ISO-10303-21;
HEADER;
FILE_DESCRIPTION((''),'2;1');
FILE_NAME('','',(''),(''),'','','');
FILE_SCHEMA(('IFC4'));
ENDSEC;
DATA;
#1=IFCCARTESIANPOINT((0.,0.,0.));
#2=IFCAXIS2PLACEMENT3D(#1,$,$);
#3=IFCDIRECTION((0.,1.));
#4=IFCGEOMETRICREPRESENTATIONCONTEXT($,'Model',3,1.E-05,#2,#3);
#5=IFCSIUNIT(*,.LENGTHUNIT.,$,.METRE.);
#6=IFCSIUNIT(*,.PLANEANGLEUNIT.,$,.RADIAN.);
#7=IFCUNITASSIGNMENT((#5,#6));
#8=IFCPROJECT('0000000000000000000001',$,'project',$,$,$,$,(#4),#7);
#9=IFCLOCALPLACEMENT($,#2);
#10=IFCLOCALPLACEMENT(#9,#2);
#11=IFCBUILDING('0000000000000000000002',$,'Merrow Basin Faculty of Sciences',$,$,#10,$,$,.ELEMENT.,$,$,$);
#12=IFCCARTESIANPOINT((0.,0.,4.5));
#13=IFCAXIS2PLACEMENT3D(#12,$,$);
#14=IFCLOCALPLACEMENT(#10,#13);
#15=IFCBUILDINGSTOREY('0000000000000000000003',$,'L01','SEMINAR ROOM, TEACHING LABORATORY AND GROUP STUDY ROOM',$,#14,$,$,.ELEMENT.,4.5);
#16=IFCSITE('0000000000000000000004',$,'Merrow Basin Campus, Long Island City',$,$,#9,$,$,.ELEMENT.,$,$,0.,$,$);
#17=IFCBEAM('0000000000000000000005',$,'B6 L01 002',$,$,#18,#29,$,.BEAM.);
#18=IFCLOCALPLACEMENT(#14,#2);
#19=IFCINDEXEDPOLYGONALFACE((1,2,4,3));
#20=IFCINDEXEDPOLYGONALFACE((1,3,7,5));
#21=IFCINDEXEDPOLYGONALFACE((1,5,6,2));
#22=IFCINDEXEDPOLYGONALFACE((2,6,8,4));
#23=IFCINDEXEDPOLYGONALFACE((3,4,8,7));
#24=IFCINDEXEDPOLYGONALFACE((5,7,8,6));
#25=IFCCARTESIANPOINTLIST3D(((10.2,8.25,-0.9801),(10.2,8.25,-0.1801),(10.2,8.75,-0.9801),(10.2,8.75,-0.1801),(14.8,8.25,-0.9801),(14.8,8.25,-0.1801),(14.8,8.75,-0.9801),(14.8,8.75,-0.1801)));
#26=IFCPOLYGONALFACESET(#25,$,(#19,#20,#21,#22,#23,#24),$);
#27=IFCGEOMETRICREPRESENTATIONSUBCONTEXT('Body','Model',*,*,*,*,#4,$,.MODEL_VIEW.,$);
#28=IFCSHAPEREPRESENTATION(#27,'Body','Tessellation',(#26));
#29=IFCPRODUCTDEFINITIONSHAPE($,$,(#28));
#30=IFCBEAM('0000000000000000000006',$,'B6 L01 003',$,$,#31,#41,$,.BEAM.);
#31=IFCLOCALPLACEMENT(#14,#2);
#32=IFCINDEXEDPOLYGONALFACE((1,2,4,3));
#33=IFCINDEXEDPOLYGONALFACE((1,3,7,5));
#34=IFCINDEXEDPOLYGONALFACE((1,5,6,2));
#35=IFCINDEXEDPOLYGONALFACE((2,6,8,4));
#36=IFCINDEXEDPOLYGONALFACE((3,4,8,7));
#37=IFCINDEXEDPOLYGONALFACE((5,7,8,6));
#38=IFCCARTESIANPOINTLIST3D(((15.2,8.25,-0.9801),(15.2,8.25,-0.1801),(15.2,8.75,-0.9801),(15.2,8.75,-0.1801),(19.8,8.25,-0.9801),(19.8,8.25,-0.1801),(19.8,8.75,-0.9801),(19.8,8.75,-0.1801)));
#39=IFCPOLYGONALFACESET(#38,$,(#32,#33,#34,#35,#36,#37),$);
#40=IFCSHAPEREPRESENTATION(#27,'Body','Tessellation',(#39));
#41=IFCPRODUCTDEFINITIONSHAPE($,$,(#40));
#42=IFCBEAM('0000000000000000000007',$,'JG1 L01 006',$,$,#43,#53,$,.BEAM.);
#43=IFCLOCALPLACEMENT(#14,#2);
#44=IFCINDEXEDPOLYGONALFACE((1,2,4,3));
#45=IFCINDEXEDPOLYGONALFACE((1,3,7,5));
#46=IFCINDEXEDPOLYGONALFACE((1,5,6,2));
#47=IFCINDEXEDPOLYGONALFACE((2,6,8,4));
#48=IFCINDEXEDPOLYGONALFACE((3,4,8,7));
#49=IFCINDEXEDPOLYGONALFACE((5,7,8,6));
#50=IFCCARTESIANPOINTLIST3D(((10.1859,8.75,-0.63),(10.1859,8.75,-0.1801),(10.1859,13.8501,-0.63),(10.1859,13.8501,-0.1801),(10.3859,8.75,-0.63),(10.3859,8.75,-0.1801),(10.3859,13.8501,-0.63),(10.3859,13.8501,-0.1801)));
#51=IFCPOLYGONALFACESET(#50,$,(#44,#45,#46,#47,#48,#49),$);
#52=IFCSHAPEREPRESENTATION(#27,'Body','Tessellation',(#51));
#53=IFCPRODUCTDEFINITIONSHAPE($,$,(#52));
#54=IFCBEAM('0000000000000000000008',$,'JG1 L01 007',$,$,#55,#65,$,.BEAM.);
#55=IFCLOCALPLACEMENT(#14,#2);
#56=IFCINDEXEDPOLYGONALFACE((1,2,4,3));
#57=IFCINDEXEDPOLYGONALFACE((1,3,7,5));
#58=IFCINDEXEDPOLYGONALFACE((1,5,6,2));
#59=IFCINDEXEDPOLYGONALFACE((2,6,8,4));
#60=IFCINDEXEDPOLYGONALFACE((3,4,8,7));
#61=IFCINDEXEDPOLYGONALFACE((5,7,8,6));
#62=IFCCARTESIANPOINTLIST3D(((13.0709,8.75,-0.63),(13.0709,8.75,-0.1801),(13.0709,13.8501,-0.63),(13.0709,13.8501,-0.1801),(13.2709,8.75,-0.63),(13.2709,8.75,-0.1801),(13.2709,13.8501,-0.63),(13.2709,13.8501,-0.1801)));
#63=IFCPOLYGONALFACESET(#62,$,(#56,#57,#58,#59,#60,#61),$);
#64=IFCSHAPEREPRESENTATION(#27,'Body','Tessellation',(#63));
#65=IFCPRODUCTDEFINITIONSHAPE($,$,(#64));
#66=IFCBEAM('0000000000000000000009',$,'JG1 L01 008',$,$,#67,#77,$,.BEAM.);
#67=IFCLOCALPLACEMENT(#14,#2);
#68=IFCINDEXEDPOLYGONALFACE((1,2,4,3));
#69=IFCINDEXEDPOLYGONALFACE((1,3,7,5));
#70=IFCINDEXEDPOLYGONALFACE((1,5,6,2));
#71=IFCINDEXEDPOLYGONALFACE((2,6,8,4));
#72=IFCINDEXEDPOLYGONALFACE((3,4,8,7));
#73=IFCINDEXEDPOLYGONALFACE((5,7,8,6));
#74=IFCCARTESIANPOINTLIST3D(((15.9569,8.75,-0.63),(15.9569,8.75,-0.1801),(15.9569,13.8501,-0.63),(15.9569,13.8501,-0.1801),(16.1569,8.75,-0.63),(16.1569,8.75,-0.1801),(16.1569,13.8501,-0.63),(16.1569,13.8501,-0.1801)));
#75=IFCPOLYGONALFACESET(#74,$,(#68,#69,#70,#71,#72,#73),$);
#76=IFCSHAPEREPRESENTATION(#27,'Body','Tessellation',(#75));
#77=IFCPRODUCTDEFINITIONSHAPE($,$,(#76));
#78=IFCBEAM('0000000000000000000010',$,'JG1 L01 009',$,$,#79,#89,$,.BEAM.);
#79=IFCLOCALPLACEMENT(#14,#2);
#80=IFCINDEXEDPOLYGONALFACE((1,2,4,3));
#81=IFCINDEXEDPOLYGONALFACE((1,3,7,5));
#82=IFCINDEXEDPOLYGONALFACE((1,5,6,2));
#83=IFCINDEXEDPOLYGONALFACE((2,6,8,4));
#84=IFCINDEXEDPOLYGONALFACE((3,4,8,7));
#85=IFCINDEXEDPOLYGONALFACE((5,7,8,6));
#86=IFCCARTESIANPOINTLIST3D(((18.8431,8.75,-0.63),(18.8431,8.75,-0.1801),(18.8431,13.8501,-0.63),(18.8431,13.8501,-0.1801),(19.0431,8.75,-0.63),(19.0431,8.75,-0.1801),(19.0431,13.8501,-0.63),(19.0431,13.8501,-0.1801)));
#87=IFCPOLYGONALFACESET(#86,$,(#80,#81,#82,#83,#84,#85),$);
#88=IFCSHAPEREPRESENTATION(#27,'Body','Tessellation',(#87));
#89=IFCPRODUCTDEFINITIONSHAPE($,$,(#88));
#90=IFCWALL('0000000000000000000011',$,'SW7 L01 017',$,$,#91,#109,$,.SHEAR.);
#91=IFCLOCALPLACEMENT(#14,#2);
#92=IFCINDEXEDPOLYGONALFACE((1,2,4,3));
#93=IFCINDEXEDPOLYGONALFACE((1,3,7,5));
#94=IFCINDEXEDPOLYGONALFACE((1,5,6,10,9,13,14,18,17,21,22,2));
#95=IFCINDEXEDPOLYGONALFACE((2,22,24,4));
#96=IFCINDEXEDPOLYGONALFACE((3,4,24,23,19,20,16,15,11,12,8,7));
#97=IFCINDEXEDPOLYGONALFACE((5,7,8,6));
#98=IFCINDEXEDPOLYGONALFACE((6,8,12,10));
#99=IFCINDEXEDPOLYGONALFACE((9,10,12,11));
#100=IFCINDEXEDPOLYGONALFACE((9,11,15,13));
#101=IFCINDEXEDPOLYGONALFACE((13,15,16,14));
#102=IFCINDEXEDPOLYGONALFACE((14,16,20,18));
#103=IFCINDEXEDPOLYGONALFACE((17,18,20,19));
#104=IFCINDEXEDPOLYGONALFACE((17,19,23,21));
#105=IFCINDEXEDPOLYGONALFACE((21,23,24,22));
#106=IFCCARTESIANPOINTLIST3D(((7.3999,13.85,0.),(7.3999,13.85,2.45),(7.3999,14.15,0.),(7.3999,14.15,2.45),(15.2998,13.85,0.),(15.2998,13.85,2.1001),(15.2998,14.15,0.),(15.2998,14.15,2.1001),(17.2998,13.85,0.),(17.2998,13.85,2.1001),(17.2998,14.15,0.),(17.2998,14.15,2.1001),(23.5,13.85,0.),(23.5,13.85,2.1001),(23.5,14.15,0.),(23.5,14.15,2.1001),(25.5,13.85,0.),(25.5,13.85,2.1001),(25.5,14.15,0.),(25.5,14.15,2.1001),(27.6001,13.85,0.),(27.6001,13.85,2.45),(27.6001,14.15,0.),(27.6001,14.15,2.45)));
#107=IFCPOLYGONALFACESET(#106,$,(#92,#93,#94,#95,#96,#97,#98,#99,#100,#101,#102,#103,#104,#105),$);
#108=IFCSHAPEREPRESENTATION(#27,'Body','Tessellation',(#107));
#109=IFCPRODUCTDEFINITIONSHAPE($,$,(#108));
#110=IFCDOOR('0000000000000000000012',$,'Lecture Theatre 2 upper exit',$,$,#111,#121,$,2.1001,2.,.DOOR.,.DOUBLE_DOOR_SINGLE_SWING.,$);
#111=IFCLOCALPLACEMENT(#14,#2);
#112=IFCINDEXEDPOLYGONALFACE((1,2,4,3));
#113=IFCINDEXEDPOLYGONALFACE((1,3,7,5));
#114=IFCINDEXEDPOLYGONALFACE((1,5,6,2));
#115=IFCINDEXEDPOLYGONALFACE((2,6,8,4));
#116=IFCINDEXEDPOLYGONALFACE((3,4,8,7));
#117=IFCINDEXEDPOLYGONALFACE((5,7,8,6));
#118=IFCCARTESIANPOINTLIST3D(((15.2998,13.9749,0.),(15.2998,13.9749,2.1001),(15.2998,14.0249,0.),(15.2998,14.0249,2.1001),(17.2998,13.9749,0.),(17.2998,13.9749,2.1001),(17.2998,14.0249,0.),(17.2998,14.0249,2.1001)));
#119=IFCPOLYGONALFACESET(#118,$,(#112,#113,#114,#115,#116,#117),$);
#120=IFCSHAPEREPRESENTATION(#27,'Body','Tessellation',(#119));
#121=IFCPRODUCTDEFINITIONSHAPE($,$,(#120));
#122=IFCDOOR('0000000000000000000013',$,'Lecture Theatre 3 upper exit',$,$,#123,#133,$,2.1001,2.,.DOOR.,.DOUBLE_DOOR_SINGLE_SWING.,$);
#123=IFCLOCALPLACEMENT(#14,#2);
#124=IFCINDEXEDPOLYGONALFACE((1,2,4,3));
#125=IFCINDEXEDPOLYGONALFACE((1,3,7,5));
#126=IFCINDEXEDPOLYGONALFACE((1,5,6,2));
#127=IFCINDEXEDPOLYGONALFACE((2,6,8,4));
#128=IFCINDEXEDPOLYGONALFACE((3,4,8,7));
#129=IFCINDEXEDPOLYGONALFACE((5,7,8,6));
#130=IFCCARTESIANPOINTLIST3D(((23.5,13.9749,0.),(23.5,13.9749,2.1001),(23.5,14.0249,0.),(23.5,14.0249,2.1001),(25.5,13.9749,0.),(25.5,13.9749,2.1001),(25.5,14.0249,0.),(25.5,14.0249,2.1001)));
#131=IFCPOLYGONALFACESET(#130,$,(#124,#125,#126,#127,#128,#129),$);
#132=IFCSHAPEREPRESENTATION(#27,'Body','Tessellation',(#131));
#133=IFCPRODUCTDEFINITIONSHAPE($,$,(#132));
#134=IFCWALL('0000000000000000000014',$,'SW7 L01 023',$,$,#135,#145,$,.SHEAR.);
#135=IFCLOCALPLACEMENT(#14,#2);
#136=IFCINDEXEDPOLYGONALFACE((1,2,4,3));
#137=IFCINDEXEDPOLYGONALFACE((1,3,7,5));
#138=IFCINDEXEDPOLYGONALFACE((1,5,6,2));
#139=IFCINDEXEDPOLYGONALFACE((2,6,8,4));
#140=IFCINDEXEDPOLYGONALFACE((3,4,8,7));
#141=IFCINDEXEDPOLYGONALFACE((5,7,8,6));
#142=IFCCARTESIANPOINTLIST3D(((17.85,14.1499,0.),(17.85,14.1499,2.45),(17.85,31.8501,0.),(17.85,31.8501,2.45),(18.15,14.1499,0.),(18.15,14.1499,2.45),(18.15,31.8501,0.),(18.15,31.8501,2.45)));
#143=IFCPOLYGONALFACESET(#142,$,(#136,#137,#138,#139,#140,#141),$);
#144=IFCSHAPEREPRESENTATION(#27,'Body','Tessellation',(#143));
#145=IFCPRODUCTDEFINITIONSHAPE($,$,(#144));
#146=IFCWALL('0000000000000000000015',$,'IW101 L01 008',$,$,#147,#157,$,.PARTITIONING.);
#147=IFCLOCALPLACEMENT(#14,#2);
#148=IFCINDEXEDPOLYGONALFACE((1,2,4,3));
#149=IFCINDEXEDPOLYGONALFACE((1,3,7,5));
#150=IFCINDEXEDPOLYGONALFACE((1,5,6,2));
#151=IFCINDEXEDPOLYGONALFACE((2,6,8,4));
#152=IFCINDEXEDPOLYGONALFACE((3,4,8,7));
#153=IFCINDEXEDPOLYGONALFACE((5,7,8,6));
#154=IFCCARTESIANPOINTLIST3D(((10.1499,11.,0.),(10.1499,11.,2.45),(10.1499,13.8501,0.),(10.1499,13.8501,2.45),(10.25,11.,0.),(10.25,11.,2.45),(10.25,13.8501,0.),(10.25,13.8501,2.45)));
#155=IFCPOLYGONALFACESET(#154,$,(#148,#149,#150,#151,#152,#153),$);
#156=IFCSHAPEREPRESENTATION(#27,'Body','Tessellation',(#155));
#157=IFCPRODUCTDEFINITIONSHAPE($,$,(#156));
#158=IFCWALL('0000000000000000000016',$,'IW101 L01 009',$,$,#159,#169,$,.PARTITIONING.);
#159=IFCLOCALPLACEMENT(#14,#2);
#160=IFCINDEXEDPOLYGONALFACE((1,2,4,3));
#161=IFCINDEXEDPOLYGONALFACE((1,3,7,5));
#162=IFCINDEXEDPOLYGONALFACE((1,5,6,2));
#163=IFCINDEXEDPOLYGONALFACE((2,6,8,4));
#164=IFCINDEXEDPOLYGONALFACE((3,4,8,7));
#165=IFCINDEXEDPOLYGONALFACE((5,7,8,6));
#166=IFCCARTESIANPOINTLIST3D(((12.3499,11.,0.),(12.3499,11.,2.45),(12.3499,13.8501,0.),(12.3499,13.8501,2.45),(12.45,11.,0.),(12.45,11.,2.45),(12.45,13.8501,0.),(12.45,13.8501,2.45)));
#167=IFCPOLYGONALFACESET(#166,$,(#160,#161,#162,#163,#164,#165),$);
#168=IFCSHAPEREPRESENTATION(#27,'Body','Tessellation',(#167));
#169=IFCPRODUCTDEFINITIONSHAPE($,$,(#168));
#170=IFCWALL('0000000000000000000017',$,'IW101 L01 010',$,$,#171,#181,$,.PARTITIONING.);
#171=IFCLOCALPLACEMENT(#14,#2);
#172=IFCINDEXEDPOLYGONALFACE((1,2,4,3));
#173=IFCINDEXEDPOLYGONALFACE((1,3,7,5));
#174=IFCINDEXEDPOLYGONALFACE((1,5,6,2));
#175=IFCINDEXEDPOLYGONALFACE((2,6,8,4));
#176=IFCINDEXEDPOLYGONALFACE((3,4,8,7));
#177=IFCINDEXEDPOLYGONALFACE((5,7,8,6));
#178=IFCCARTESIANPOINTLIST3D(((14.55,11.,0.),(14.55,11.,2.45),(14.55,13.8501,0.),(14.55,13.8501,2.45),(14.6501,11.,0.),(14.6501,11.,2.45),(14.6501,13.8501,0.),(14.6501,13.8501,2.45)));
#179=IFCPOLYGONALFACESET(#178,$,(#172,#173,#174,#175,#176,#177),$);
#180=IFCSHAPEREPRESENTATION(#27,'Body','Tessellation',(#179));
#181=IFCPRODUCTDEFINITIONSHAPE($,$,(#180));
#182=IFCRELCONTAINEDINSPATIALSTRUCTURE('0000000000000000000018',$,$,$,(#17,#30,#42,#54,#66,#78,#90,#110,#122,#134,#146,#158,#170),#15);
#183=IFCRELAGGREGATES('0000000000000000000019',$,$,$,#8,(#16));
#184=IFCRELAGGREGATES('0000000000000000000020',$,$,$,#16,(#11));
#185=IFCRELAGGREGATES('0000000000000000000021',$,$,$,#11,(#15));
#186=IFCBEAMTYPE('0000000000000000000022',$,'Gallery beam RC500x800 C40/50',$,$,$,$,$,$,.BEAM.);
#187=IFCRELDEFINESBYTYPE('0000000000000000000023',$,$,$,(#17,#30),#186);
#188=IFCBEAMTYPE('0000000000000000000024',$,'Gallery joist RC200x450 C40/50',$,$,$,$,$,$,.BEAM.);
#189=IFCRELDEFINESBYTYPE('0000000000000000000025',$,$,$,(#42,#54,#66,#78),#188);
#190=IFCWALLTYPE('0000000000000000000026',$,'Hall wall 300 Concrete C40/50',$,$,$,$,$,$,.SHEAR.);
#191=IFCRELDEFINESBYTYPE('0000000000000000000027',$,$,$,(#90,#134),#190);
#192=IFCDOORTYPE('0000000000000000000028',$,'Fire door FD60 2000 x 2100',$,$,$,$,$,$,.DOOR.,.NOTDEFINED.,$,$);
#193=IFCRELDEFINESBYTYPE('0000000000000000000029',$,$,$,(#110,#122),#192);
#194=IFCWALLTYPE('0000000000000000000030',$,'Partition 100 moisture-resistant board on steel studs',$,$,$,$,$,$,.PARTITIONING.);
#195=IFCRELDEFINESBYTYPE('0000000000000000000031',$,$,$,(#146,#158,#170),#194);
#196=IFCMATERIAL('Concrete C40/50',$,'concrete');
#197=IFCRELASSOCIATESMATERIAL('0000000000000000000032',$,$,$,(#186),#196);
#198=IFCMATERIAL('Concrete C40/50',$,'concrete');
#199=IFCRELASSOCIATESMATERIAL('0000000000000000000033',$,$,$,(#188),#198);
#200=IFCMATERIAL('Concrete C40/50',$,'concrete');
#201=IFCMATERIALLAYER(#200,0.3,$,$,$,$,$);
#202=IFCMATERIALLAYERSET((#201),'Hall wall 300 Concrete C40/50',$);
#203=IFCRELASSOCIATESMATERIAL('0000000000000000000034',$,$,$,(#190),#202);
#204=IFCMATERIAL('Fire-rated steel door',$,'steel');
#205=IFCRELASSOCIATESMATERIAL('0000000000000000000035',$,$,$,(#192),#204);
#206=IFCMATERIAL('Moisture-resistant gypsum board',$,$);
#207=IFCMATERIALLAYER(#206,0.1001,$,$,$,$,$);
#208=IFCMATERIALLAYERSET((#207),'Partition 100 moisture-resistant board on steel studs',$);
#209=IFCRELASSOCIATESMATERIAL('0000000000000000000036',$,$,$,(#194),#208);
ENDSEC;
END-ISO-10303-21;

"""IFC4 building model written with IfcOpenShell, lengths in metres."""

from ifc_helpers import new_model, si_unit, direction, frame, frame_2d, origin, origin_2d, place, context, subcontext, project, spatial, rectangle, extrude, material, layer, layer_set, material_profile, profile_set, type_object, element, fill, save


model = new_model("IFC4")

# Units and contexts
model_context = context("Model", 3, precision=1e-05, world=origin(), true_north=direction((0.0, 1.0)))
body_context = subcontext(model_context, "Body", "Model", "MODEL_VIEW")
ifc_project = project(units=[si_unit("LENGTHUNIT", "METRE"), si_unit("PLANEANGLEUNIT", "RADIAN")], contexts=[model_context])

# Site, building, storey
site_placement = place(None, origin())
site = spatial("IfcSite", under=ifc_project, at=site_placement, Name="Merrow Basin Campus, Long Island City", CompositionType="ELEMENT", RefElevation=0.0)
building_placement = place(site_placement, origin())
building = spatial("IfcBuilding", under=site, at=building_placement, Name="Merrow Basin Faculty of Sciences", CompositionType="ELEMENT")
storey_placement = place(building_placement, frame((0.0, 0.0, 4.5)))
storey = spatial("IfcBuildingStorey", under=building, at=storey_placement, Name="L01", Description="SEMINAR ROOM, TEACHING LABORATORY AND GROUP STUDY ROOM", CompositionType="ELEMENT", Elevation=4.5)

# Beams
ifc_material_1 = material(Name="Concrete C40/50", Category="concrete")
ifc_material_profile_1 = material_profile(ifc_material_1, rectangle(XDim=0.5, YDim=0.8, at=origin_2d()))
ifc_profile_set_1 = profile_set([ifc_material_profile_1], Name="Concrete C40/50")
beam_type_1 = type_object("IfcBeamType", Name="Gallery beam RC500x800 C40/50", PredefinedType="BEAM", material=ifc_profile_set_1)
for number, where, z_axis, x_axis, name in (
    (1, (10.2, 8.5, -0.5801), (1.0, 0.0, 0.0), (0.0, 1.0, 0.0), "B6 L01 002"),
    (2, (15.2, 8.5, -0.5801), (1.0, 0.0, 0.0), (0.0, 1.0, 0.0), "B6 L01 003"),
):
    element("IfcBeam", number, at=place(storey_placement, frame(where, z_axis=z_axis, x_axis=x_axis)), inside=storey, type_object=beam_type_1, Name=name, PredefinedType="BEAM", context=body_context, shape_type="SweptSolid", body=[
        extrude(rectangle(XDim=0.5, YDim=0.8, at=origin_2d()), origin(), (0.0, 0.0, 1.0), 4.6001),
    ])
ifc_material_2 = material(Name="Concrete C40/50", Category="concrete")
ifc_material_profile_2 = material_profile(ifc_material_2, rectangle(XDim=0.2, YDim=0.45, at=origin_2d()))
ifc_profile_set_2 = profile_set([ifc_material_profile_2], Name="Concrete C40/50")
beam_type_2 = type_object("IfcBeamType", Name="Gallery joist RC200x450 C40/50", PredefinedType="BEAM", material=ifc_profile_set_2)
for number, where, z_axis, x_axis, name in (
    (3, (10.2859, 8.75, -0.405), (0.0, 1.0, 0.0), (-1.0, 0.0, 0.0), "JG1 L01 006"),
    (4, (13.1709, 8.75, -0.405), (0.0, 1.0, 0.0), (-1.0, 0.0, 0.0), "JG1 L01 007"),
    (5, (16.0569, 8.75, -0.405), (0.0, 1.0, 0.0), (-1.0, 0.0, 0.0), "JG1 L01 008"),
    (6, (18.9431, 8.75, -0.405), (0.0, 1.0, 0.0), (-1.0, 0.0, 0.0), "JG1 L01 009"),
):
    element("IfcBeam", number, at=place(storey_placement, frame(where, z_axis=z_axis, x_axis=x_axis)), inside=storey, type_object=beam_type_2, Name=name, PredefinedType="BEAM", context=body_context, shape_type="SweptSolid", body=[
        extrude(rectangle(XDim=0.2, YDim=0.45, at=origin_2d()), origin(), (0.0, 0.0, 1.0), 5.1001),
    ])

# Wall, openings, doors
ifc_material_3 = material(Name="Concrete C40/50", Category="concrete")
ifc_layer_1 = layer(ifc_material_3, 0.3)
ifc_layer_set_1 = layer_set([ifc_layer_1], Name="Hall wall 300 Concrete C40/50")
wall_type_1 = type_object("IfcWallType", Name="Hall wall 300 Concrete C40/50", PredefinedType="SHEAR", material=ifc_layer_set_1)
wall_1_placement = place(storey_placement, frame((7.3999, 14.0, 0.0), z_axis=(0.0, 0.0, 1.0), x_axis=(1.0, 0.0, 0.0)))
wall_1 = element("IfcWall", 7, at=wall_1_placement, inside=storey, type_object=wall_type_1, Name="SW7 L01 017", PredefinedType="SHEAR", context=body_context, shape_type="SweptSolid", body=[
    extrude(rectangle(XDim=20.2002, YDim=0.3, at=frame_2d((10.1001, 0.0))), origin(), (0.0, 0.0, 1.0), 2.45),
])
opening_1_placement = place(wall_1_placement, frame((7.8999, 0.0, 0.0)))
opening_1 = element("IfcOpeningElement", 8, at=opening_1_placement, cuts=wall_1, PredefinedType="OPENING", context=body_context, shape_type="SweptSolid", body=[
    extrude(rectangle(XDim=2.0, YDim=2.1001, at=frame_2d((1.0, 1.05))), frame((0.0, 0.1599, 0.0), z_axis=(0.0, -1.0, 0.0), x_axis=(1.0, 0.0, 0.0)), (0.0, 0.0, 1.0), 0.3201),
])
opening_2_placement = place(wall_1_placement, frame((16.1001, 0.0, 0.0)))
opening_2 = element("IfcOpeningElement", 9, at=opening_2_placement, cuts=wall_1, PredefinedType="OPENING", context=body_context, shape_type="SweptSolid", body=[
    extrude(rectangle(XDim=2.0, YDim=2.1001, at=frame_2d((1.0, 1.05))), frame((0.0, 0.1599, 0.0), z_axis=(0.0, -1.0, 0.0), x_axis=(1.0, 0.0, 0.0)), (0.0, 0.0, 1.0), 0.3201),
])
ifc_material_4 = material(Name="Fire-rated steel door", Category="steel")
door_type_1 = type_object("IfcDoorType", Name="Fire door FD60 2000 x 2100", OperationType="NOTDEFINED", PredefinedType="DOOR", material=ifc_material_4)
door_1_placement = place(opening_1_placement, origin())
door_1 = element("IfcDoor", 10, at=door_1_placement, inside=storey, type_object=door_type_1, Name="Lecture Theatre 2 upper exit", OperationType="DOUBLE_DOOR_SINGLE_SWING", OverallHeight=2.1001, OverallWidth=2.0, PredefinedType="DOOR", context=body_context, shape_type="SweptSolid", body=[
    extrude(rectangle(XDim=2.0, YDim=2.1001, at=frame_2d((1.0, 1.05))), frame((0.0, 0.0249, 0.0), z_axis=(0.0, -1.0, 0.0), x_axis=(1.0, 0.0, 0.0)), (0.0, 0.0, 1.0), 0.05),
])
fill(opening_1, door_1)
door_2_placement = place(opening_2_placement, origin())
door_2 = element("IfcDoor", 11, at=door_2_placement, inside=storey, type_object=door_type_1, Name="Lecture Theatre 3 upper exit", OperationType="DOUBLE_DOOR_SINGLE_SWING", OverallHeight=2.1001, OverallWidth=2.0, PredefinedType="DOOR", context=body_context, shape_type="SweptSolid", body=[
    extrude(rectangle(XDim=2.0, YDim=2.1001, at=frame_2d((1.0, 1.05))), frame((0.0, 0.0249, 0.0), z_axis=(0.0, -1.0, 0.0), x_axis=(1.0, 0.0, 0.0)), (0.0, 0.0, 1.0), 0.05),
])
fill(opening_2, door_2)

# Walls
wall_2_placement = place(storey_placement, frame((18.0, 14.1499, 0.0), z_axis=(0.0, 0.0, 1.0), x_axis=(0.0, 1.0, 0.0)))
element("IfcWall", 12, at=wall_2_placement, inside=storey, type_object=wall_type_1, Name="SW7 L01 023", PredefinedType="SHEAR", context=body_context, shape_type="SweptSolid", body=[
    extrude(rectangle(XDim=17.7002, YDim=0.3, at=frame_2d((8.8501, 0.0))), origin(), (0.0, 0.0, 1.0), 2.45),
])
ifc_material_5 = material(Name="Moisture-resistant gypsum board")
ifc_layer_2 = layer(ifc_material_5, 0.1001)
ifc_layer_set_2 = layer_set([ifc_layer_2], Name="Partition 100 moisture-resistant board on steel studs")
wall_type_2 = type_object("IfcWallType", Name="Partition 100 moisture-resistant board on steel studs", PredefinedType="PARTITIONING", material=ifc_layer_set_2)
for number, where, z_axis, x_axis, name in (
    (13, (10.2, 11.0, 0.0), (0.0, 0.0, 1.0), (0.0, 1.0, 0.0), "IW101 L01 008"),
    (14, (12.3999, 11.0, 0.0), (0.0, 0.0, 1.0), (0.0, 1.0, 0.0), "IW101 L01 009"),
    (15, (14.6001, 11.0, 0.0), (0.0, 0.0, 1.0), (0.0, 1.0, 0.0), "IW101 L01 010"),
):
    element("IfcWall", number, at=place(storey_placement, frame(where, z_axis=z_axis, x_axis=x_axis)), inside=storey, type_object=wall_type_2, Name=name, PredefinedType="PARTITIONING", context=body_context, shape_type="SweptSolid", body=[
        extrude(rectangle(XDim=2.8501, YDim=0.1001, at=frame_2d((1.425, 0.0))), origin(), (0.0, 0.0, 1.0), 2.45),
    ])

save(model, "model.ifc")
